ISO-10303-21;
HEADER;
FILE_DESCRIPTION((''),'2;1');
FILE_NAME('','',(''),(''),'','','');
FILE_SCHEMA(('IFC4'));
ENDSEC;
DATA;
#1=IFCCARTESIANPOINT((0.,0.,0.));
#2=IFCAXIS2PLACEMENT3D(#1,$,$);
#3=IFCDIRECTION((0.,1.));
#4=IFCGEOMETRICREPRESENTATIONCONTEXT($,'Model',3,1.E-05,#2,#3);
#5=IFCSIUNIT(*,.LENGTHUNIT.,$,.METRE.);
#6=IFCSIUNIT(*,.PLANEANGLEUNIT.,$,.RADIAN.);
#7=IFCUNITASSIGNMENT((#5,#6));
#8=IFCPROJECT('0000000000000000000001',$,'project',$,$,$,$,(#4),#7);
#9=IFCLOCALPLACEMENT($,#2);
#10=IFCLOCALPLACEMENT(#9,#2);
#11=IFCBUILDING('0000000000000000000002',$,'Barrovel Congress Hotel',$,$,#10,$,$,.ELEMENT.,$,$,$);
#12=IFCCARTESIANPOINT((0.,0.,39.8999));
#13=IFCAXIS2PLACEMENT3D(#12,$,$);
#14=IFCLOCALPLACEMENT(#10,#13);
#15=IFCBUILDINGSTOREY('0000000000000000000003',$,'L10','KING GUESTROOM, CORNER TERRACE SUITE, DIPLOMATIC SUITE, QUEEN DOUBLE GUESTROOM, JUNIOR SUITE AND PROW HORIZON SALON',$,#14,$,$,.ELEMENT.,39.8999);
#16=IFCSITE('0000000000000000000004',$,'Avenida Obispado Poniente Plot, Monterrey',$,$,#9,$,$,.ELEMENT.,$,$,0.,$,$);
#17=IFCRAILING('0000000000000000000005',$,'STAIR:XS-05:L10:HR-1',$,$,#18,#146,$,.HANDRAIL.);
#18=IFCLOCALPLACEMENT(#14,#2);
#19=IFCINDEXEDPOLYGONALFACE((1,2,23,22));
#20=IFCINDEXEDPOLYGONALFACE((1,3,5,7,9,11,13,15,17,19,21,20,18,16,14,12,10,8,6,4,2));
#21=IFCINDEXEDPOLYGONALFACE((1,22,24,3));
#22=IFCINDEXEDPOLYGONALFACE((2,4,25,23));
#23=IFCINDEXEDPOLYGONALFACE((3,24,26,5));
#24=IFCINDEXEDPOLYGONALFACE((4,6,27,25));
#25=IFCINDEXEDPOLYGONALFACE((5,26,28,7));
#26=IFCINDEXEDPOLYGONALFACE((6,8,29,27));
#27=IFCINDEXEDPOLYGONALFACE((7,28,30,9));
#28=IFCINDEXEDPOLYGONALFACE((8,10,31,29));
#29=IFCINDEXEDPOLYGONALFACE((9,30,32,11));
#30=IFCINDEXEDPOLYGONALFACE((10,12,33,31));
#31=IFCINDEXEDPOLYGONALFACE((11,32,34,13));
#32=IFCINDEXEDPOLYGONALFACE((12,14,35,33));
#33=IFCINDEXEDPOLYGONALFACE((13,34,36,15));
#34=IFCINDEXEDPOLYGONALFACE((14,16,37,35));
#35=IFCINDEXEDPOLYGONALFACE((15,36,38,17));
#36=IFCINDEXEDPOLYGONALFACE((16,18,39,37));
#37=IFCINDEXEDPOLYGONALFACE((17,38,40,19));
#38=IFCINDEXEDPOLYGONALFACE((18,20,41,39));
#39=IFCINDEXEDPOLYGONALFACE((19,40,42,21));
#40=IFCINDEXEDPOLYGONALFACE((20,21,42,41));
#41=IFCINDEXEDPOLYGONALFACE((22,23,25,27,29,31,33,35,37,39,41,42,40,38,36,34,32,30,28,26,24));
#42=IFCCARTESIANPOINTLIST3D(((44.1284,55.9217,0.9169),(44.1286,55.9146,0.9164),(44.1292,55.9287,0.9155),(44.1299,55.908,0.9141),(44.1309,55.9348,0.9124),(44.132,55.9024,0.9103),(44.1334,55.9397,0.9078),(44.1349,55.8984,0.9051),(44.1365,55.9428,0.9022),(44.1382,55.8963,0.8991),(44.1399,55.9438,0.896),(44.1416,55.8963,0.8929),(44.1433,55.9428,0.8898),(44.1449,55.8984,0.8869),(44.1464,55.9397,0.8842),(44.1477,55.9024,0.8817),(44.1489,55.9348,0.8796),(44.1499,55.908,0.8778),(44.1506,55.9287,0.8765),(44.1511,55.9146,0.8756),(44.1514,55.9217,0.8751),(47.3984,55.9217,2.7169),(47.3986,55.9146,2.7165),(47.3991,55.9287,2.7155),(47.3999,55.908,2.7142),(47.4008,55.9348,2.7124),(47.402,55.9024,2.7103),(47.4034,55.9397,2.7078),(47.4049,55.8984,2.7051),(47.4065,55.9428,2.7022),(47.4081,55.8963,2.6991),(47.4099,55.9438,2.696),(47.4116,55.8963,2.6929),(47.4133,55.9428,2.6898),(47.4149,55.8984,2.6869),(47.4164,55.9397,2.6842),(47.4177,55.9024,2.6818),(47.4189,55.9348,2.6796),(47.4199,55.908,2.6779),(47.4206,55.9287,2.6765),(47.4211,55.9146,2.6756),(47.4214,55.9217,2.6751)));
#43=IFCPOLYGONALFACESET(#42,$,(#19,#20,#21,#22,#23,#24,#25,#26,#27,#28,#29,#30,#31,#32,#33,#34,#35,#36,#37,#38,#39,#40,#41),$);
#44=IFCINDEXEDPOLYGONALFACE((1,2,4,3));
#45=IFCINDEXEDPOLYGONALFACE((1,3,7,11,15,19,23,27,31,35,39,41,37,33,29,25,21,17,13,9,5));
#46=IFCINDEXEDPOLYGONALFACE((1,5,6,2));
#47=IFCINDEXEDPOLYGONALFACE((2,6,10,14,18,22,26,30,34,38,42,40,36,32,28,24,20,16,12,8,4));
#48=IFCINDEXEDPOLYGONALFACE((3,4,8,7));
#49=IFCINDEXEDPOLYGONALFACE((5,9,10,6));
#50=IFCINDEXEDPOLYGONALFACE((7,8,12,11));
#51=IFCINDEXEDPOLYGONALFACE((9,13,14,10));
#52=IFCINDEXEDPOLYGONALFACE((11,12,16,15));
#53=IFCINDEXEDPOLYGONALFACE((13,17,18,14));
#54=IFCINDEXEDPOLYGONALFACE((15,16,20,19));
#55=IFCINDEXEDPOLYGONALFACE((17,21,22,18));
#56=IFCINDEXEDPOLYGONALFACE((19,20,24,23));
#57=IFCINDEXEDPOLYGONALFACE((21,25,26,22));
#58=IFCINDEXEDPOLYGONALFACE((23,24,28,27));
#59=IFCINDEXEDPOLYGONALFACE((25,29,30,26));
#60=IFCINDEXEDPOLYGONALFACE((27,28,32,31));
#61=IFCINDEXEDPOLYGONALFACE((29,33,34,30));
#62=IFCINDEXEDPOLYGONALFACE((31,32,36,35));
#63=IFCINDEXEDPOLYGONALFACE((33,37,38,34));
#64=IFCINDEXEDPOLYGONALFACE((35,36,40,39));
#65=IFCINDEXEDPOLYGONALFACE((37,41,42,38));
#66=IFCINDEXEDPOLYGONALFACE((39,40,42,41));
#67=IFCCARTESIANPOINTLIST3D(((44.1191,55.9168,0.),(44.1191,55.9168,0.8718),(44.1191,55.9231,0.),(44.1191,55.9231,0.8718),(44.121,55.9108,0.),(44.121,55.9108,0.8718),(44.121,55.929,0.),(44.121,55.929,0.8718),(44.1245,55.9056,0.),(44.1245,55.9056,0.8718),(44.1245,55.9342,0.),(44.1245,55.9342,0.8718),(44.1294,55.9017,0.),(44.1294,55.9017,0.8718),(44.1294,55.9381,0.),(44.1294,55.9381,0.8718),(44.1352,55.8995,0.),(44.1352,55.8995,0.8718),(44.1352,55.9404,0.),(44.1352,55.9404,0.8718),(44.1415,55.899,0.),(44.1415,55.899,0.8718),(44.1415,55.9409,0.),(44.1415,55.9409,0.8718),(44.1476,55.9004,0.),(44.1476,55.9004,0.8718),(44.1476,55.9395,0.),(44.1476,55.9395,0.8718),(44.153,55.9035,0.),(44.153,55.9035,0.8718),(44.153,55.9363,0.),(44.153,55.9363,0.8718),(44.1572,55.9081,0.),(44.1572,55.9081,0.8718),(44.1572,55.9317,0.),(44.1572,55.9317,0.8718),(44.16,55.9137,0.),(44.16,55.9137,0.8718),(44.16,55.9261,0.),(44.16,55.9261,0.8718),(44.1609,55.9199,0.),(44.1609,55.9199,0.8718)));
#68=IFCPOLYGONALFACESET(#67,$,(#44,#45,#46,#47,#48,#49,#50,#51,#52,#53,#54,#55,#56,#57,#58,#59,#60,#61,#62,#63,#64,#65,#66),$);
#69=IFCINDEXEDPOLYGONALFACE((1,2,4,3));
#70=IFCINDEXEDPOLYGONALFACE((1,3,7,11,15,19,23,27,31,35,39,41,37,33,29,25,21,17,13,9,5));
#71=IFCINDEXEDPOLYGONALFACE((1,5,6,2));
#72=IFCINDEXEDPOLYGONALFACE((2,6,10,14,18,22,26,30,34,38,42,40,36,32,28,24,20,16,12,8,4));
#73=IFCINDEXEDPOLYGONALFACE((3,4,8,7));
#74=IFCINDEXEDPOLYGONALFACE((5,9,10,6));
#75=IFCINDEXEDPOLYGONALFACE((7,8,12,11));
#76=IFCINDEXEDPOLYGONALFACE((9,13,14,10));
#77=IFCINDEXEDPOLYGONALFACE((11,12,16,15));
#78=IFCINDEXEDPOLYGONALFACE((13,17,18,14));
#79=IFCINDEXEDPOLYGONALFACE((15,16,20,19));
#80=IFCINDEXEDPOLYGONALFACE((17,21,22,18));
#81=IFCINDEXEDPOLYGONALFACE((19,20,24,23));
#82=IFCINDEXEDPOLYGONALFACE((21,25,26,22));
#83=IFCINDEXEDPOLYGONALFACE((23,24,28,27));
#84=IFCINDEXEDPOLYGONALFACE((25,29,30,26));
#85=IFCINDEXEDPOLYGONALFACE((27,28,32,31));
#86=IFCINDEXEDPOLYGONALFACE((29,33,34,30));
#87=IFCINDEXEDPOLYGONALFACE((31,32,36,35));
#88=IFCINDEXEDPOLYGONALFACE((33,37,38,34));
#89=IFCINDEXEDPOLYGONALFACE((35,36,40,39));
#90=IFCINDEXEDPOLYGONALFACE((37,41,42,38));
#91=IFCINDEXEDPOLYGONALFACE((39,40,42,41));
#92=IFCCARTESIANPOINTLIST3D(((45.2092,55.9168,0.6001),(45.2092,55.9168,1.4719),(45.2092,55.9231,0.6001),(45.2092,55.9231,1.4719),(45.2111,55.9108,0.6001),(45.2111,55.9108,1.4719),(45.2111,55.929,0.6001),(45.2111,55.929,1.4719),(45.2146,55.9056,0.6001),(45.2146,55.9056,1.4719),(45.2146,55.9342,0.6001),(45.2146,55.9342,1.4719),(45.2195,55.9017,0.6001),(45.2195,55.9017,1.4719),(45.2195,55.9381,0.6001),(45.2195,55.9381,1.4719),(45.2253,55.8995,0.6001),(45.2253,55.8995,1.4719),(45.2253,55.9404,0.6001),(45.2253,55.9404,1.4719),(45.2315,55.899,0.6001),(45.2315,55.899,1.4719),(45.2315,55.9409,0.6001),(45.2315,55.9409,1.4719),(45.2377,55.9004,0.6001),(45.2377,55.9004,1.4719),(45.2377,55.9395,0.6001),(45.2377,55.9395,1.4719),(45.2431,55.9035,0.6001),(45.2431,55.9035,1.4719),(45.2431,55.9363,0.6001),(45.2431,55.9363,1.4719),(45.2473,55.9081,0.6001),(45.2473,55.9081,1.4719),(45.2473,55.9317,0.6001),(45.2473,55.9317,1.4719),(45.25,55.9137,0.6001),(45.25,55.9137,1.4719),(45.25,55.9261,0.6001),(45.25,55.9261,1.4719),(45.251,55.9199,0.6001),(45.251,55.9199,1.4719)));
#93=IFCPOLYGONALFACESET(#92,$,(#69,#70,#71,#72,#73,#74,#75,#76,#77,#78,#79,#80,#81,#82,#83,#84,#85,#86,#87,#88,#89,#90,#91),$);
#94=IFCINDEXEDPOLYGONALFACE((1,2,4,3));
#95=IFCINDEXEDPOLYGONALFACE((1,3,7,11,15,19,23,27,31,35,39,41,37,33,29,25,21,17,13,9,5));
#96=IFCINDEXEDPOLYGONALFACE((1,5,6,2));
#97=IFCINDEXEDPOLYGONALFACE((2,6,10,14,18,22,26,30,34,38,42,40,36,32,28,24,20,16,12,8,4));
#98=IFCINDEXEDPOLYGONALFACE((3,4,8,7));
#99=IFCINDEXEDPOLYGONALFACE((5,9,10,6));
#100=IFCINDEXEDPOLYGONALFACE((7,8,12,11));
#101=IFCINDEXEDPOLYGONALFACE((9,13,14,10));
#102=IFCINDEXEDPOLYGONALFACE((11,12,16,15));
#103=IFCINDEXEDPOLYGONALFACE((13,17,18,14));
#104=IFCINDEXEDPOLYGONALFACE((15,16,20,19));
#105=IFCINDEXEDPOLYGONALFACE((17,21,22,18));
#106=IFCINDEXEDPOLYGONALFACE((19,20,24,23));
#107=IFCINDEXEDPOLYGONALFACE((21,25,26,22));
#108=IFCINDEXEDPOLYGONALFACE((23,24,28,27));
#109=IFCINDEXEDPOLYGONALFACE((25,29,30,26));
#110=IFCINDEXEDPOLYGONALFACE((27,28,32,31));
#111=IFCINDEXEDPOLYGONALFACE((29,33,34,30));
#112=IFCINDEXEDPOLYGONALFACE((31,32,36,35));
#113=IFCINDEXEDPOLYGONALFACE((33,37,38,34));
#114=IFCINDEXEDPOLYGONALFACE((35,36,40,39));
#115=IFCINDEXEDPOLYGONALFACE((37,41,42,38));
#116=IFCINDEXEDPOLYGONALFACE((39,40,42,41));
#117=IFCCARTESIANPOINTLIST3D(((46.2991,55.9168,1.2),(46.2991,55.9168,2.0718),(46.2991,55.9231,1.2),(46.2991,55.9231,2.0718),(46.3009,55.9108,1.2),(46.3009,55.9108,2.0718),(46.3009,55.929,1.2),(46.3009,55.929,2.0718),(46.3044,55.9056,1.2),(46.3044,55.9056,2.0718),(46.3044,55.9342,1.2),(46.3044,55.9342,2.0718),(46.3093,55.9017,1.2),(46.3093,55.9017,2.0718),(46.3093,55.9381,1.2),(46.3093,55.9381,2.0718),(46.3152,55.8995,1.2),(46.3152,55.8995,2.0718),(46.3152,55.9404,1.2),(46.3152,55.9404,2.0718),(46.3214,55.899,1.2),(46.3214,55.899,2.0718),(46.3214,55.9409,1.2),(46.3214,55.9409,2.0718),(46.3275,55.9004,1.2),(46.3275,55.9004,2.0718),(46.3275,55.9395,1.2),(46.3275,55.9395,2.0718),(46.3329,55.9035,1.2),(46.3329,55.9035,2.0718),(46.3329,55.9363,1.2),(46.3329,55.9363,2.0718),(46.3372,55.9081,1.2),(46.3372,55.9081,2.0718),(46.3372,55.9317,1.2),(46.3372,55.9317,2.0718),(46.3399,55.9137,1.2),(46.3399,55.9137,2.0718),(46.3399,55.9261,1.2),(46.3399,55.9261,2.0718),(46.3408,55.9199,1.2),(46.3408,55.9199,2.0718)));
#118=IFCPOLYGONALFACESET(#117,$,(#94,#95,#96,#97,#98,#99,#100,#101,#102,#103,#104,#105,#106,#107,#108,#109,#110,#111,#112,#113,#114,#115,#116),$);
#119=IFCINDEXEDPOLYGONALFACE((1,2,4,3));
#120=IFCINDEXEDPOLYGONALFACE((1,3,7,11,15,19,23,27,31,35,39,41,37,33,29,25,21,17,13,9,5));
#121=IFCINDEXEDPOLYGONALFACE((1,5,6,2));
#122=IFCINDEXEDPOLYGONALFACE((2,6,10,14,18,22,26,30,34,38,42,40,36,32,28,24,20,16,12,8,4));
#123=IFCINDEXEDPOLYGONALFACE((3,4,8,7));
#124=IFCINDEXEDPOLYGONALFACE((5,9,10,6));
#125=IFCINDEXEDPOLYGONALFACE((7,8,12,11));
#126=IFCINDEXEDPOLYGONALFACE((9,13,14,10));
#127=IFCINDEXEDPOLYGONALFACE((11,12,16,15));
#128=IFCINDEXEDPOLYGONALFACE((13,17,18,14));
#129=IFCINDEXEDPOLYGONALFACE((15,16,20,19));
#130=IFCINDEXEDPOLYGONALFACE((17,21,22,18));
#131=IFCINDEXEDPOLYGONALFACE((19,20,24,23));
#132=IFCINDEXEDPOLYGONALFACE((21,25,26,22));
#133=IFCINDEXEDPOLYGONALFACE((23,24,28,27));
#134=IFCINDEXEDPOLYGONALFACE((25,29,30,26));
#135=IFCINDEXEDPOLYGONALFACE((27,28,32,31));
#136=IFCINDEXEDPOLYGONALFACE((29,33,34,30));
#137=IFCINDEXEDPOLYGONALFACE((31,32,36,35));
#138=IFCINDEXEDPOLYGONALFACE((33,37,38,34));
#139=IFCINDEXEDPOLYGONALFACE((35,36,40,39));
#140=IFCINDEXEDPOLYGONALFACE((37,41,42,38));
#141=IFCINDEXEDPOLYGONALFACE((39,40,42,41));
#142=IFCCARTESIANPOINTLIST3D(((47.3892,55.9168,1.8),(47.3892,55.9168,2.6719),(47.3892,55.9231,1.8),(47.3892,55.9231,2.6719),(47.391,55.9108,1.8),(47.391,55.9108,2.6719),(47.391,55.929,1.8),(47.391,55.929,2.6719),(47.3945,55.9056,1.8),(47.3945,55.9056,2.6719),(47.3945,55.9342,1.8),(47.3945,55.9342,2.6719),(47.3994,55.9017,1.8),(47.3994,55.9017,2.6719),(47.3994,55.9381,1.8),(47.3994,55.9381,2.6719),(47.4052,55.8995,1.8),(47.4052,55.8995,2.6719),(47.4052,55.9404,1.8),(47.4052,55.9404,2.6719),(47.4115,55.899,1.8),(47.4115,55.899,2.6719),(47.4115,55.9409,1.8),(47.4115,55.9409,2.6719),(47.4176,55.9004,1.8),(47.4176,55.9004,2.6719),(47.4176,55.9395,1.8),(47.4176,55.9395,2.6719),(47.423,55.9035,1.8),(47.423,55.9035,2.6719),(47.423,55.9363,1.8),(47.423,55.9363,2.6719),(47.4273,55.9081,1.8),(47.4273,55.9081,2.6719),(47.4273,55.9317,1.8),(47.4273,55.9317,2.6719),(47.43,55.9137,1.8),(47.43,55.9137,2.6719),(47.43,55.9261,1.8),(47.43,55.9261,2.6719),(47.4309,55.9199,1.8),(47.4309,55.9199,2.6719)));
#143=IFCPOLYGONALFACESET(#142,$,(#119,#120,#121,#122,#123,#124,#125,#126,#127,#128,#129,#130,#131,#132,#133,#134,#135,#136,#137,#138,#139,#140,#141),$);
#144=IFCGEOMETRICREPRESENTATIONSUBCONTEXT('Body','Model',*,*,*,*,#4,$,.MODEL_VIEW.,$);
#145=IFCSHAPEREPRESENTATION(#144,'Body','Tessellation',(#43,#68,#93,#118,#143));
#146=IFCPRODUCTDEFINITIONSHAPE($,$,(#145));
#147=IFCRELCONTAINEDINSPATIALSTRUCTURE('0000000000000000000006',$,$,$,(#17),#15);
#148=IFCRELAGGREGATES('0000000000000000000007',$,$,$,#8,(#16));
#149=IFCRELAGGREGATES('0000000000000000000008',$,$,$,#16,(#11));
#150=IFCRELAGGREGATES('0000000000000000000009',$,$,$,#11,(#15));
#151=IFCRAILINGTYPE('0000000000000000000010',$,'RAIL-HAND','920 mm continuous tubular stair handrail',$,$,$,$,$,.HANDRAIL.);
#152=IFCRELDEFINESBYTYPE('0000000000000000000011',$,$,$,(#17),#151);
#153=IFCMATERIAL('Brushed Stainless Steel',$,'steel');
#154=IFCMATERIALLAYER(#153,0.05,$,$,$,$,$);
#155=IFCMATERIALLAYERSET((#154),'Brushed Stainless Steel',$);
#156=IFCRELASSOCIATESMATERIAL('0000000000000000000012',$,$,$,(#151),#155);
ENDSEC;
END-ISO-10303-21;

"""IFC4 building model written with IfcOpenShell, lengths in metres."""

from ifc_helpers import new_model, si_unit, direction, frame, origin, origin_2d, place, context, subcontext, project, spatial, circle, extrude, material, layer, layer_set, type_object, element, save


model = new_model("IFC4")

# Units and contexts
model_context = context("Model", 3, precision=1e-05, world=origin(), true_north=direction((0.0, 1.0)))
body_context = subcontext(model_context, "Body", "Model", "MODEL_VIEW")
ifc_project = project(units=[si_unit("LENGTHUNIT", "METRE"), si_unit("PLANEANGLEUNIT", "RADIAN")], contexts=[model_context])

# Site, building, storey
site_placement = place(None, origin())
site = spatial("IfcSite", under=ifc_project, at=site_placement, Name="Avenida Obispado Poniente Plot, Monterrey", CompositionType="ELEMENT", RefElevation=0.0)
building_placement = place(site_placement, origin())
building = spatial("IfcBuilding", under=site, at=building_placement, Name="Barrovel Congress Hotel", CompositionType="ELEMENT")
storey_placement = place(building_placement, frame((0.0, 0.0, 39.8999)))
storey = spatial("IfcBuildingStorey", under=building, at=storey_placement, Name="L10", Description="KING GUESTROOM, CORNER TERRACE SUITE, DIPLOMATIC SUITE, QUEEN DOUBLE GUESTROOM, JUNIOR SUITE AND PROW HORIZON SALON", CompositionType="ELEMENT", Elevation=39.8999)

# Railing
ifc_material_1 = material(Name="Brushed Stainless Steel", Category="steel")
ifc_layer_1 = layer(ifc_material_1, 0.05)
ifc_layer_set_1 = layer_set([ifc_layer_1], Name="Brushed Stainless Steel")
railing_type_1 = type_object("IfcRailingType", Name="RAIL-HAND", Description="920 mm continuous tubular stair handrail", PredefinedType="HANDRAIL", material=ifc_layer_set_1)
railing_1_placement = place(storey_placement, frame((44.1399, 55.9199, 0.0)))
element("IfcRailing", 1, at=railing_1_placement, inside=storey, type_object=railing_type_1, Name="STAIR:XS-05:L10:HR-1", PredefinedType="HANDRAIL", context=body_context, shape_type="SweptSolid", body=[
    extrude(circle(Radius=0.0239, at=origin_2d()), frame((0.0, 0.0, 0.896), z_axis=(0.876042, 0.0, 0.482235), x_axis=(0.0, 1.0, 0.0)), (0.0, 0.0, 1.0), 3.7327),
    extrude(circle(Radius=0.021, at=origin_2d()), origin(), (0.0, 0.0, 1.0), 0.8718),
    extrude(circle(Radius=0.021, at=origin_2d()), frame((1.0901, 0.0, 0.6001)), (0.0, 0.0, 1.0), 0.8718),
    extrude(circle(Radius=0.021, at=origin_2d()), frame((2.1799, 0.0, 1.2)), (0.0, 0.0, 1.0), 0.8718),
    extrude(circle(Radius=0.021, at=origin_2d()), frame((3.27, 0.0, 1.8)), (0.0, 0.0, 1.0), 0.8718),
])

save(model, "model.ifc")
